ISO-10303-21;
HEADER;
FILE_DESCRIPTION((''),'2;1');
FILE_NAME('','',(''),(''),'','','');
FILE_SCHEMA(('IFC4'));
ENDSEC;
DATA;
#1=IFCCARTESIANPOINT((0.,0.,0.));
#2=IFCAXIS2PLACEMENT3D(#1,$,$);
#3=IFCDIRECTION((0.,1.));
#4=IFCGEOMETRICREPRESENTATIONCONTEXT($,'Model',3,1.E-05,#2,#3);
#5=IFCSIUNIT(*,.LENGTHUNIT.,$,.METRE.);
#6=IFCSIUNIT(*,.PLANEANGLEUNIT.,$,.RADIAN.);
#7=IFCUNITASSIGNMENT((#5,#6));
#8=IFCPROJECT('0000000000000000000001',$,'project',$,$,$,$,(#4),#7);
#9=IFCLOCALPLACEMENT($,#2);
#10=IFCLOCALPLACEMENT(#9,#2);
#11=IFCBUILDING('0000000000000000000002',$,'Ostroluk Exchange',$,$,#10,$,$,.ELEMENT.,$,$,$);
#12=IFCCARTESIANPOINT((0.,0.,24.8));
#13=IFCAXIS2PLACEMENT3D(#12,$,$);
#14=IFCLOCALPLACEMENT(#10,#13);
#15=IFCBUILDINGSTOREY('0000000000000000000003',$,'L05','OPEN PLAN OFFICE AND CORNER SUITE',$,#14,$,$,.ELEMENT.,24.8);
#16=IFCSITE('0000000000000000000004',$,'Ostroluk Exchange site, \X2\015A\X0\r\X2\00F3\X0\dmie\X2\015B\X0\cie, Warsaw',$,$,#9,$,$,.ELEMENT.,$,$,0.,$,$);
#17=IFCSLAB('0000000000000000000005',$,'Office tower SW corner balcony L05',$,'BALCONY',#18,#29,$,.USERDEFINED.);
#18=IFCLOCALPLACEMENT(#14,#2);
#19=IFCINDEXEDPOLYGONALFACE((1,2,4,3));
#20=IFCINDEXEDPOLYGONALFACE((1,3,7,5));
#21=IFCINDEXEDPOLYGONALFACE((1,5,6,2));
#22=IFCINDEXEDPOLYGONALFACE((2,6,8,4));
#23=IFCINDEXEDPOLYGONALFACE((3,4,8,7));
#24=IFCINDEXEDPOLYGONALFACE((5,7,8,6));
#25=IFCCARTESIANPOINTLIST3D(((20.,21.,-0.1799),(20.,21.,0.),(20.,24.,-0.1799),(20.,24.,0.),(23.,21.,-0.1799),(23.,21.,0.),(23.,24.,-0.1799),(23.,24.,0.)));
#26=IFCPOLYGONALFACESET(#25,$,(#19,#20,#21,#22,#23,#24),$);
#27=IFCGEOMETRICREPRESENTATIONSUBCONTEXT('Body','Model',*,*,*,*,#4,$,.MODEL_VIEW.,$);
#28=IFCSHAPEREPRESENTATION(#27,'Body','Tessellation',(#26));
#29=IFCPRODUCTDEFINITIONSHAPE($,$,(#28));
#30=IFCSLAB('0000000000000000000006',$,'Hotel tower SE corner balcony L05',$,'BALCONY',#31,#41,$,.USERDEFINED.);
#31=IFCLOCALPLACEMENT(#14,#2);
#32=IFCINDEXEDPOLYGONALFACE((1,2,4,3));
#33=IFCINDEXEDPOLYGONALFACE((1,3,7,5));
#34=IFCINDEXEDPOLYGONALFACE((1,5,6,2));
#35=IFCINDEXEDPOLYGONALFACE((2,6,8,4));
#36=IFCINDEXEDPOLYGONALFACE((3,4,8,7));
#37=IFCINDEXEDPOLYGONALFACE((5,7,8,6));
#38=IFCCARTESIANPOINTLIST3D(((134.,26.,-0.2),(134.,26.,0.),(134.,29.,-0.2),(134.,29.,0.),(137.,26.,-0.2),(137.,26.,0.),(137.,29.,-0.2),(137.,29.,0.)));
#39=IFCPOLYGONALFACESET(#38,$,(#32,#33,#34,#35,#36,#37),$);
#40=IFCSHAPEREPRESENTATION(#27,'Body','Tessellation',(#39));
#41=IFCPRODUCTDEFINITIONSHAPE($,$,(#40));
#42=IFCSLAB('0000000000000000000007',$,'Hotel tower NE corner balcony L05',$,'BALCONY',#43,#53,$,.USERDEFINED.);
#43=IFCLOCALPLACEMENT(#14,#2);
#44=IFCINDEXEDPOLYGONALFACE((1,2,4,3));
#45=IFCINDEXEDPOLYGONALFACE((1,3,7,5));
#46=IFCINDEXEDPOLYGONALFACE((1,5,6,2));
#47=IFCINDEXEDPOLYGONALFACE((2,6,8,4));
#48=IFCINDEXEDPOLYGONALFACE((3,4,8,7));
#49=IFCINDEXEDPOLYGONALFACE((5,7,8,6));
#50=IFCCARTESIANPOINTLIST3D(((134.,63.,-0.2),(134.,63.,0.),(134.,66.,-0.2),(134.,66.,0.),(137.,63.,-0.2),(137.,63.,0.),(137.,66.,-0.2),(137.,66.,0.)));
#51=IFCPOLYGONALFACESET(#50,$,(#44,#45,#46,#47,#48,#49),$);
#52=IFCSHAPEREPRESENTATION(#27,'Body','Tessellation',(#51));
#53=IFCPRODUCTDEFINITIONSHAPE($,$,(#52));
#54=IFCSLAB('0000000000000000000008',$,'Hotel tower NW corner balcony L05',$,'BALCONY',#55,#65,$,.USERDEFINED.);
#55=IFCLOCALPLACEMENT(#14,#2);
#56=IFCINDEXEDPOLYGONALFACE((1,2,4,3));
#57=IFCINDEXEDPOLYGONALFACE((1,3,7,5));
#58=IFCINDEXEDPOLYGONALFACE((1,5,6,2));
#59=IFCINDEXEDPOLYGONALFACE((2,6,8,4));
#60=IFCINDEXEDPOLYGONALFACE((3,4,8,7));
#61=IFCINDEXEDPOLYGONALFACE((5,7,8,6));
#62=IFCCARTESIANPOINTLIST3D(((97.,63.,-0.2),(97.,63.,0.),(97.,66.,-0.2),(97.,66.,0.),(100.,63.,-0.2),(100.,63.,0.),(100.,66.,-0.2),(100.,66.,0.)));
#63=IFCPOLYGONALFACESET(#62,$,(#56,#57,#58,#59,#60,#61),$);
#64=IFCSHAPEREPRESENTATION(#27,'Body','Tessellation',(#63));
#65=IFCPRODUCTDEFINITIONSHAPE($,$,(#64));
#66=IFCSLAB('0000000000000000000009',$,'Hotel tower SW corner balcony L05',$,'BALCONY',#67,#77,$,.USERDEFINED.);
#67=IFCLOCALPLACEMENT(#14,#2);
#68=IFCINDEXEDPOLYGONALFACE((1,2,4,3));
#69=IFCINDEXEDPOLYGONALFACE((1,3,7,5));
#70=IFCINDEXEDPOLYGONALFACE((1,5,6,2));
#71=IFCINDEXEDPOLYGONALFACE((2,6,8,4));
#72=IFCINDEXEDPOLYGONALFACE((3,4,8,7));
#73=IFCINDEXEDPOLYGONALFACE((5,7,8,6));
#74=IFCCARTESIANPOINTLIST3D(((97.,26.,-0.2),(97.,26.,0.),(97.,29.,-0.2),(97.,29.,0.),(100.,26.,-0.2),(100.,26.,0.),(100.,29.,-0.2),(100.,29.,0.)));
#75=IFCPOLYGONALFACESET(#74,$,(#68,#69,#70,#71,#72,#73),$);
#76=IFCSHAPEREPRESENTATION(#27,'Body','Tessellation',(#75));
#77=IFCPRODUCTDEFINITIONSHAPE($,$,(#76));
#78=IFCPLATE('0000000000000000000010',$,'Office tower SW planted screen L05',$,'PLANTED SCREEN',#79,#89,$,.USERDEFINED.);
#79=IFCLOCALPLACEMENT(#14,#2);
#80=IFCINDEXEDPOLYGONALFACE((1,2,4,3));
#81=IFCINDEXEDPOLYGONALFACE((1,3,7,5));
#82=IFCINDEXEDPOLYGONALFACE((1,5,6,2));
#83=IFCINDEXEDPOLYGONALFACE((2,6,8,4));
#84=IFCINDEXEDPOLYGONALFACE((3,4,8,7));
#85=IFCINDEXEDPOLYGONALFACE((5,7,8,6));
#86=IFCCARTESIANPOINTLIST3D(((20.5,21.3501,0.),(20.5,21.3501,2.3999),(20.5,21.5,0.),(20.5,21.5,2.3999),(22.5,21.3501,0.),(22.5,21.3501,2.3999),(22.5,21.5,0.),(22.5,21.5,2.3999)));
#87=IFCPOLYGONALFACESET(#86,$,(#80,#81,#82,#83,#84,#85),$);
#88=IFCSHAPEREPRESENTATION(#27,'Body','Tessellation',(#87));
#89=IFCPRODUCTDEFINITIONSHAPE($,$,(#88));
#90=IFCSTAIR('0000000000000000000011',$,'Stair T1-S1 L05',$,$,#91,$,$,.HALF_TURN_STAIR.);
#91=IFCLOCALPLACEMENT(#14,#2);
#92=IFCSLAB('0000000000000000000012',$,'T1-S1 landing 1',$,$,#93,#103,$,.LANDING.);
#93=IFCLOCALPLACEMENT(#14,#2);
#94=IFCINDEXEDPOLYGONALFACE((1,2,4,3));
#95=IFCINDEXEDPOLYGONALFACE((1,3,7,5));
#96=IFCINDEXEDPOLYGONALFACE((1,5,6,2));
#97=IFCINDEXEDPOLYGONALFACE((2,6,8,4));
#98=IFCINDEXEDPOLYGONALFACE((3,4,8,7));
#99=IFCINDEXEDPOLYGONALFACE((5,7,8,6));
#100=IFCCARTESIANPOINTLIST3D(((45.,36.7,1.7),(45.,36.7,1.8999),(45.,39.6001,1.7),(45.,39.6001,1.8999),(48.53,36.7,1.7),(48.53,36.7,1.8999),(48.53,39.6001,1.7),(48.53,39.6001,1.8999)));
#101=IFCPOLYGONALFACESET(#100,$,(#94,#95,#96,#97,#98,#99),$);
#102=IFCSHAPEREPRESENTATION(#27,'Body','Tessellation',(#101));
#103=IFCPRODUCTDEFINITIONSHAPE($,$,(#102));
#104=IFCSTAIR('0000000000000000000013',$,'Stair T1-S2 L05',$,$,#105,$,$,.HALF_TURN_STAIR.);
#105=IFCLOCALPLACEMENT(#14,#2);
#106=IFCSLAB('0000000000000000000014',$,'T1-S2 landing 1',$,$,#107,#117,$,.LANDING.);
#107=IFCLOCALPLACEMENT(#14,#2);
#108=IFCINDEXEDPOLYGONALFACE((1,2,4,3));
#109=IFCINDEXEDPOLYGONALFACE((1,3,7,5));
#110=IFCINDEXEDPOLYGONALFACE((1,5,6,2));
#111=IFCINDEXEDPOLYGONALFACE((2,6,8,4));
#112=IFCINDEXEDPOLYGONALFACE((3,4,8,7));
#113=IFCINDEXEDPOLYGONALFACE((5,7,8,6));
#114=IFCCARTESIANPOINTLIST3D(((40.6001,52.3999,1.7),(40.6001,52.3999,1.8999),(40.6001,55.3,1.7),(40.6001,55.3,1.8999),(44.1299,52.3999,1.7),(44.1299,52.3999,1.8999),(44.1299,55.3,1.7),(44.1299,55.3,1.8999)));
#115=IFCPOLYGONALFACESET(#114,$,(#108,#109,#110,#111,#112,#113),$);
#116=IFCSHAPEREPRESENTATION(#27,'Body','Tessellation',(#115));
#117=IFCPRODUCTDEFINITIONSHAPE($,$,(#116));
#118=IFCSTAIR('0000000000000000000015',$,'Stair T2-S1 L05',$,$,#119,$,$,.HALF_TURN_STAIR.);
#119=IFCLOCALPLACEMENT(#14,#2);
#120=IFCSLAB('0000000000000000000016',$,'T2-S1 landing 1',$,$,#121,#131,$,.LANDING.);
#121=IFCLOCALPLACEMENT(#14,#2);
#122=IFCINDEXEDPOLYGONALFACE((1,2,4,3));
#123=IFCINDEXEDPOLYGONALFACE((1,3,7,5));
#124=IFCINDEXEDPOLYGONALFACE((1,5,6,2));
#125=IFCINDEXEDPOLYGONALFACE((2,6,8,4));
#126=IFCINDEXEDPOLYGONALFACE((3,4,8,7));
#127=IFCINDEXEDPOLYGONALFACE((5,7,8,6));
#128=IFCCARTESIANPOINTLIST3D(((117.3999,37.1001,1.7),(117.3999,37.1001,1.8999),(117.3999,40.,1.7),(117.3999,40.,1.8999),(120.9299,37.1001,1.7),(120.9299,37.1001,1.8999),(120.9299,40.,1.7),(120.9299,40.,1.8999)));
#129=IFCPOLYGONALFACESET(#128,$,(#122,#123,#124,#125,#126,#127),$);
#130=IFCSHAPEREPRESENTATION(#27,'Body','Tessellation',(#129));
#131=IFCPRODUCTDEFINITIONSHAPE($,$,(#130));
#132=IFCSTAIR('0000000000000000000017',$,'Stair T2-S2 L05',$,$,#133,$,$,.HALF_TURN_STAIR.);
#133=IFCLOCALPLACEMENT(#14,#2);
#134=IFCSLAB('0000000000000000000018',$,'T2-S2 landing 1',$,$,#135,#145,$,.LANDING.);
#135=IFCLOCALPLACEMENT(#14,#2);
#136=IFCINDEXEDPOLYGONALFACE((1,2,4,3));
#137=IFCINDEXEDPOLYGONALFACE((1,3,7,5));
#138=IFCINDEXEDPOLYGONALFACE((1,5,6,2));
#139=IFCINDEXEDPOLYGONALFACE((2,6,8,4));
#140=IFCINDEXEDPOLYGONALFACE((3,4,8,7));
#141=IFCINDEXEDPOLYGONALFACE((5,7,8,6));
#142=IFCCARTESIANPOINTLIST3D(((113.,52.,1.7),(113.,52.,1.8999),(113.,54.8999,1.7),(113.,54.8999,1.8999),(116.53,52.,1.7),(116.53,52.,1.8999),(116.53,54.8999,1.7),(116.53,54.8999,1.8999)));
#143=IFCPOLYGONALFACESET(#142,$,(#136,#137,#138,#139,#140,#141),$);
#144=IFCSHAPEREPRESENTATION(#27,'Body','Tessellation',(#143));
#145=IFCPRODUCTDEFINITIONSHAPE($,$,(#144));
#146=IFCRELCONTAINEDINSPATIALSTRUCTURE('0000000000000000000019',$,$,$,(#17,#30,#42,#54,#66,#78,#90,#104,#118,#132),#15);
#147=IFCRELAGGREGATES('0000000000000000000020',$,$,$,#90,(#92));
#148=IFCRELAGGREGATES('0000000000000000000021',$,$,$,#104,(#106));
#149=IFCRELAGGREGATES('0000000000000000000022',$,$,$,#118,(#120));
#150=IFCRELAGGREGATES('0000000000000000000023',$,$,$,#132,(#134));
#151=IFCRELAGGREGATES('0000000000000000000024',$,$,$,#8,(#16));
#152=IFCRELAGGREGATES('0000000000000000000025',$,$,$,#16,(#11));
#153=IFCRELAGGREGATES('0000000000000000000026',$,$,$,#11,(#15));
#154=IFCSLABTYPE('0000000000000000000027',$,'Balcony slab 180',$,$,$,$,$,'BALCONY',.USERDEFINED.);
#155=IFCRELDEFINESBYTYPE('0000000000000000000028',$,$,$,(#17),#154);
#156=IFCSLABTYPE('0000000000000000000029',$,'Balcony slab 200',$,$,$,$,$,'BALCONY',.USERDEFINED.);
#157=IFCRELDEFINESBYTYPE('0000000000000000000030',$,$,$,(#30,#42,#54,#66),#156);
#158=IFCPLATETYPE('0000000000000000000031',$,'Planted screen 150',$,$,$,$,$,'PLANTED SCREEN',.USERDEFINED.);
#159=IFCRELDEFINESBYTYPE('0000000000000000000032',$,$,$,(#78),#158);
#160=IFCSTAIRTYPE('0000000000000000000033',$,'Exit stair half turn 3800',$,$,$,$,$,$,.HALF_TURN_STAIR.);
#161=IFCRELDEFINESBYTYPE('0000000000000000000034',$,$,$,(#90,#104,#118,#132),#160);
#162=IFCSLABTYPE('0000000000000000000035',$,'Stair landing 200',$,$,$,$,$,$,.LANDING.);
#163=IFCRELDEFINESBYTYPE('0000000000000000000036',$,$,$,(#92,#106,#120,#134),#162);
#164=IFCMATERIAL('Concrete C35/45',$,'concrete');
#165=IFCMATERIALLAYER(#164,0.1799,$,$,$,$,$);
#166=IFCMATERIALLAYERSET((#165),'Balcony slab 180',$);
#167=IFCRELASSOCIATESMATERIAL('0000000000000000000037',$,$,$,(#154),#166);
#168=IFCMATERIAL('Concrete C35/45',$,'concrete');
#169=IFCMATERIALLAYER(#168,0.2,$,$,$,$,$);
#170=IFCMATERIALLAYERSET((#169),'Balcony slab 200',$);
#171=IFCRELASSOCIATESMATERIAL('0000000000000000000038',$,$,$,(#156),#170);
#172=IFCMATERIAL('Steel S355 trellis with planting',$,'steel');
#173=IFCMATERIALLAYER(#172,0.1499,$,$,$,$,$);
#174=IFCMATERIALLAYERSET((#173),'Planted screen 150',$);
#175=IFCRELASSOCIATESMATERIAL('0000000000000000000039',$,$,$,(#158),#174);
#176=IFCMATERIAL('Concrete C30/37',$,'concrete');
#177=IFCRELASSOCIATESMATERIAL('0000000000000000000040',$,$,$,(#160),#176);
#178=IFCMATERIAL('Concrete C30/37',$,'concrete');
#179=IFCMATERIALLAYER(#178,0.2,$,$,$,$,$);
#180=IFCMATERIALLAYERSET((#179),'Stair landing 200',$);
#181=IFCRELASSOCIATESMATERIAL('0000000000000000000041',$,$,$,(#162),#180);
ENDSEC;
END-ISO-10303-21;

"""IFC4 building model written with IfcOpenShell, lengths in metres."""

from ifc_helpers import new_model, si_unit, direction, frame, origin, origin_2d, place, context, subcontext, project, spatial, polyline, rectangle, outline, extrude, material, layer, layer_set, type_object, element, aggregate, save


model = new_model("IFC4")

# Units and contexts
model_context = context("Model", 3, precision=1e-05, world=origin(), true_north=direction((0.0, 1.0)))
body_context = subcontext(model_context, "Body", "Model", "MODEL_VIEW")
ifc_project = project(units=[si_unit("LENGTHUNIT", "METRE"), si_unit("PLANEANGLEUNIT", "RADIAN")], contexts=[model_context])

# Site, building, storey
site_placement = place(None, origin())
site = spatial("IfcSite", under=ifc_project, at=site_placement, Name="Ostroluk Exchange site, Śródmieście, Warsaw", CompositionType="ELEMENT", RefElevation=0.0)
building_placement = place(site_placement, origin())
building = spatial("IfcBuilding", under=site, at=building_placement, Name="Ostroluk Exchange", CompositionType="ELEMENT")
storey_placement = place(building_placement, frame((0.0, 0.0, 24.8)))
storey = spatial("IfcBuildingStorey", under=building, at=storey_placement, Name="L05", Description="OPEN PLAN OFFICE AND CORNER SUITE", CompositionType="ELEMENT", Elevation=24.8)

# Slabs
ifc_material_1 = material(Name="Concrete C35/45", Category="concrete")
ifc_layer_1 = layer(ifc_material_1, 0.1799)
ifc_layer_set_1 = layer_set([ifc_layer_1], Name="Balcony slab 180")
slab_type_1 = type_object("IfcSlabType", Name="Balcony slab 180", ElementType="BALCONY", PredefinedType="USERDEFINED", material=ifc_layer_set_1)
slab_1_placement = place(storey_placement, frame((0.0, 0.0, -0.1799)))
element("IfcSlab", 1, at=slab_1_placement, inside=storey, type_object=slab_type_1, Name="Office tower SW corner balcony L05", ObjectType="BALCONY", PredefinedType="USERDEFINED", context=body_context, shape_type="SweptSolid", body=[
    extrude(outline(polyline([(20.0, 21.0), (23.0, 21.0), (23.0, 24.0), (20.0, 24.0), (20.0, 21.0)])), origin(), (0.0, 0.0, 1.0), 0.1799),
])
ifc_material_2 = material(Name="Concrete C35/45", Category="concrete")
ifc_layer_2 = layer(ifc_material_2, 0.2)
ifc_layer_set_2 = layer_set([ifc_layer_2], Name="Balcony slab 200")
slab_type_2 = type_object("IfcSlabType", Name="Balcony slab 200", ElementType="BALCONY", PredefinedType="USERDEFINED", material=ifc_layer_set_2)
slab_2_placement = place(storey_placement, frame((0.0, 0.0, -0.2)))
element("IfcSlab", 2, at=slab_2_placement, inside=storey, type_object=slab_type_2, Name="Hotel tower SE corner balcony L05", ObjectType="BALCONY", PredefinedType="USERDEFINED", context=body_context, shape_type="SweptSolid", body=[
    extrude(outline(polyline([(134.0, 26.0), (137.0, 26.0), (137.0, 29.0), (134.0, 29.0), (134.0, 26.0)])), origin(), (0.0, 0.0, 1.0), 0.2),
])
slab_3_placement = place(storey_placement, frame((0.0, 0.0, -0.2)))
element("IfcSlab", 3, at=slab_3_placement, inside=storey, type_object=slab_type_2, Name="Hotel tower NE corner balcony L05", ObjectType="BALCONY", PredefinedType="USERDEFINED", context=body_context, shape_type="SweptSolid", body=[
    extrude(outline(polyline([(134.0, 63.0), (137.0, 63.0), (137.0, 66.0), (134.0, 66.0), (134.0, 63.0)])), origin(), (0.0, 0.0, 1.0), 0.2),
])
slab_4_placement = place(storey_placement, frame((0.0, 0.0, -0.2)))
element("IfcSlab", 4, at=slab_4_placement, inside=storey, type_object=slab_type_2, Name="Hotel tower NW corner balcony L05", ObjectType="BALCONY", PredefinedType="USERDEFINED", context=body_context, shape_type="SweptSolid", body=[
    extrude(outline(polyline([(97.0, 63.0), (100.0, 63.0), (100.0, 66.0), (97.0, 66.0), (97.0, 63.0)])), origin(), (0.0, 0.0, 1.0), 0.2),
])
slab_5_placement = place(storey_placement, frame((0.0, 0.0, -0.2)))
element("IfcSlab", 5, at=slab_5_placement, inside=storey, type_object=slab_type_2, Name="Hotel tower SW corner balcony L05", ObjectType="BALCONY", PredefinedType="USERDEFINED", context=body_context, shape_type="SweptSolid", body=[
    extrude(outline(polyline([(97.0, 26.0), (100.0, 26.0), (100.0, 29.0), (97.0, 29.0), (97.0, 26.0)])), origin(), (0.0, 0.0, 1.0), 0.2),
])

# Plate
ifc_material_3 = material(Name="Steel S355 trellis with planting", Category="steel")
ifc_layer_3 = layer(ifc_material_3, 0.1499)
ifc_layer_set_3 = layer_set([ifc_layer_3], Name="Planted screen 150")
plate_type = type_object("IfcPlateType", Name="Planted screen 150", ElementType="PLANTED SCREEN", PredefinedType="USERDEFINED", material=ifc_layer_set_3)
plate_placement = place(storey_placement, frame((21.5, 21.425, 0.0), z_axis=(0.0, 0.0, 1.0), x_axis=(1.0, 0.0, 0.0)))
element("IfcPlate", 6, at=plate_placement, inside=storey, type_object=plate_type, Name="Office tower SW planted screen L05", ObjectType="PLANTED SCREEN", PredefinedType="USERDEFINED", context=body_context, shape_type="SweptSolid", body=[
    extrude(rectangle(XDim=2.0, YDim=0.1499, at=origin_2d()), origin(), (0.0, 0.0, 1.0), 2.3999),
])

# Stairs, slabs
ifc_material_4 = material(Name="Concrete C30/37", Category="concrete")
stair_type = type_object("IfcStairType", Name="Exit stair half turn 3800", PredefinedType="HALF_TURN_STAIR", material=ifc_material_4)
stair_1_placement = place(storey_placement, origin())
stair_1 = element("IfcStair", 7, at=stair_1_placement, inside=storey, type_object=stair_type, Name="Stair T1-S1 L05", PredefinedType="HALF_TURN_STAIR")
ifc_material_5 = material(Name="Concrete C30/37", Category="concrete")
ifc_layer_4 = layer(ifc_material_5, 0.2)
ifc_layer_set_4 = layer_set([ifc_layer_4], Name="Stair landing 200")
slab_type_3 = type_object("IfcSlabType", Name="Stair landing 200", PredefinedType="LANDING", material=ifc_layer_set_4)
slab_6_placement = place(storey_placement, frame((0.0, 0.0, 1.7)))
slab_6 = element("IfcSlab", 8, at=slab_6_placement, type_object=slab_type_3, Name="T1-S1 landing 1", PredefinedType="LANDING", context=body_context, shape_type="SweptSolid", body=[
    extrude(outline(polyline([(45.0, 36.7), (45.0, 39.6001), (48.53, 39.6001), (48.53, 36.7), (45.0, 36.7)])), origin(), (0.0, 0.0, 1.0), 0.2),
])
aggregate(stair_1, [slab_6])
stair_2_placement = place(storey_placement, origin())
stair_2 = element("IfcStair", 9, at=stair_2_placement, inside=storey, type_object=stair_type, Name="Stair T1-S2 L05", PredefinedType="HALF_TURN_STAIR")
slab_7_placement = place(storey_placement, frame((0.0, 0.0, 1.7)))
slab_7 = element("IfcSlab", 10, at=slab_7_placement, type_object=slab_type_3, Name="T1-S2 landing 1", PredefinedType="LANDING", context=body_context, shape_type="SweptSolid", body=[
    extrude(outline(polyline([(44.1299, 52.3999), (44.1299, 55.3), (40.6001, 55.3), (40.6001, 52.3999), (44.1299, 52.3999)])), origin(), (0.0, 0.0, 1.0), 0.2),
])
aggregate(stair_2, [slab_7])
stair_3_placement = place(storey_placement, origin())
stair_3 = element("IfcStair", 11, at=stair_3_placement, inside=storey, type_object=stair_type, Name="Stair T2-S1 L05", PredefinedType="HALF_TURN_STAIR")
slab_8_placement = place(storey_placement, frame((0.0, 0.0, 1.7)))
slab_8 = element("IfcSlab", 12, at=slab_8_placement, type_object=slab_type_3, Name="T2-S1 landing 1", PredefinedType="LANDING", context=body_context, shape_type="SweptSolid", body=[
    extrude(outline(polyline([(117.3999, 37.1001), (117.3999, 40.0), (120.9299, 40.0), (120.9299, 37.1001), (117.3999, 37.1001)])), origin(), (0.0, 0.0, 1.0), 0.2),
])
aggregate(stair_3, [slab_8])
stair_4_placement = place(storey_placement, origin())
stair_4 = element("IfcStair", 13, at=stair_4_placement, inside=storey, type_object=stair_type, Name="Stair T2-S2 L05", PredefinedType="HALF_TURN_STAIR")
slab_9_placement = place(storey_placement, frame((0.0, 0.0, 1.7)))
slab_9 = element("IfcSlab", 14, at=slab_9_placement, type_object=slab_type_3, Name="T2-S2 landing 1", PredefinedType="LANDING", context=body_context, shape_type="SweptSolid", body=[
    extrude(outline(polyline([(116.53, 52.0), (116.53, 54.8999), (113.0, 54.8999), (113.0, 52.0), (116.53, 52.0)])), origin(), (0.0, 0.0, 1.0), 0.2),
])
aggregate(stair_4, [slab_9])

save(model, "model.ifc")
